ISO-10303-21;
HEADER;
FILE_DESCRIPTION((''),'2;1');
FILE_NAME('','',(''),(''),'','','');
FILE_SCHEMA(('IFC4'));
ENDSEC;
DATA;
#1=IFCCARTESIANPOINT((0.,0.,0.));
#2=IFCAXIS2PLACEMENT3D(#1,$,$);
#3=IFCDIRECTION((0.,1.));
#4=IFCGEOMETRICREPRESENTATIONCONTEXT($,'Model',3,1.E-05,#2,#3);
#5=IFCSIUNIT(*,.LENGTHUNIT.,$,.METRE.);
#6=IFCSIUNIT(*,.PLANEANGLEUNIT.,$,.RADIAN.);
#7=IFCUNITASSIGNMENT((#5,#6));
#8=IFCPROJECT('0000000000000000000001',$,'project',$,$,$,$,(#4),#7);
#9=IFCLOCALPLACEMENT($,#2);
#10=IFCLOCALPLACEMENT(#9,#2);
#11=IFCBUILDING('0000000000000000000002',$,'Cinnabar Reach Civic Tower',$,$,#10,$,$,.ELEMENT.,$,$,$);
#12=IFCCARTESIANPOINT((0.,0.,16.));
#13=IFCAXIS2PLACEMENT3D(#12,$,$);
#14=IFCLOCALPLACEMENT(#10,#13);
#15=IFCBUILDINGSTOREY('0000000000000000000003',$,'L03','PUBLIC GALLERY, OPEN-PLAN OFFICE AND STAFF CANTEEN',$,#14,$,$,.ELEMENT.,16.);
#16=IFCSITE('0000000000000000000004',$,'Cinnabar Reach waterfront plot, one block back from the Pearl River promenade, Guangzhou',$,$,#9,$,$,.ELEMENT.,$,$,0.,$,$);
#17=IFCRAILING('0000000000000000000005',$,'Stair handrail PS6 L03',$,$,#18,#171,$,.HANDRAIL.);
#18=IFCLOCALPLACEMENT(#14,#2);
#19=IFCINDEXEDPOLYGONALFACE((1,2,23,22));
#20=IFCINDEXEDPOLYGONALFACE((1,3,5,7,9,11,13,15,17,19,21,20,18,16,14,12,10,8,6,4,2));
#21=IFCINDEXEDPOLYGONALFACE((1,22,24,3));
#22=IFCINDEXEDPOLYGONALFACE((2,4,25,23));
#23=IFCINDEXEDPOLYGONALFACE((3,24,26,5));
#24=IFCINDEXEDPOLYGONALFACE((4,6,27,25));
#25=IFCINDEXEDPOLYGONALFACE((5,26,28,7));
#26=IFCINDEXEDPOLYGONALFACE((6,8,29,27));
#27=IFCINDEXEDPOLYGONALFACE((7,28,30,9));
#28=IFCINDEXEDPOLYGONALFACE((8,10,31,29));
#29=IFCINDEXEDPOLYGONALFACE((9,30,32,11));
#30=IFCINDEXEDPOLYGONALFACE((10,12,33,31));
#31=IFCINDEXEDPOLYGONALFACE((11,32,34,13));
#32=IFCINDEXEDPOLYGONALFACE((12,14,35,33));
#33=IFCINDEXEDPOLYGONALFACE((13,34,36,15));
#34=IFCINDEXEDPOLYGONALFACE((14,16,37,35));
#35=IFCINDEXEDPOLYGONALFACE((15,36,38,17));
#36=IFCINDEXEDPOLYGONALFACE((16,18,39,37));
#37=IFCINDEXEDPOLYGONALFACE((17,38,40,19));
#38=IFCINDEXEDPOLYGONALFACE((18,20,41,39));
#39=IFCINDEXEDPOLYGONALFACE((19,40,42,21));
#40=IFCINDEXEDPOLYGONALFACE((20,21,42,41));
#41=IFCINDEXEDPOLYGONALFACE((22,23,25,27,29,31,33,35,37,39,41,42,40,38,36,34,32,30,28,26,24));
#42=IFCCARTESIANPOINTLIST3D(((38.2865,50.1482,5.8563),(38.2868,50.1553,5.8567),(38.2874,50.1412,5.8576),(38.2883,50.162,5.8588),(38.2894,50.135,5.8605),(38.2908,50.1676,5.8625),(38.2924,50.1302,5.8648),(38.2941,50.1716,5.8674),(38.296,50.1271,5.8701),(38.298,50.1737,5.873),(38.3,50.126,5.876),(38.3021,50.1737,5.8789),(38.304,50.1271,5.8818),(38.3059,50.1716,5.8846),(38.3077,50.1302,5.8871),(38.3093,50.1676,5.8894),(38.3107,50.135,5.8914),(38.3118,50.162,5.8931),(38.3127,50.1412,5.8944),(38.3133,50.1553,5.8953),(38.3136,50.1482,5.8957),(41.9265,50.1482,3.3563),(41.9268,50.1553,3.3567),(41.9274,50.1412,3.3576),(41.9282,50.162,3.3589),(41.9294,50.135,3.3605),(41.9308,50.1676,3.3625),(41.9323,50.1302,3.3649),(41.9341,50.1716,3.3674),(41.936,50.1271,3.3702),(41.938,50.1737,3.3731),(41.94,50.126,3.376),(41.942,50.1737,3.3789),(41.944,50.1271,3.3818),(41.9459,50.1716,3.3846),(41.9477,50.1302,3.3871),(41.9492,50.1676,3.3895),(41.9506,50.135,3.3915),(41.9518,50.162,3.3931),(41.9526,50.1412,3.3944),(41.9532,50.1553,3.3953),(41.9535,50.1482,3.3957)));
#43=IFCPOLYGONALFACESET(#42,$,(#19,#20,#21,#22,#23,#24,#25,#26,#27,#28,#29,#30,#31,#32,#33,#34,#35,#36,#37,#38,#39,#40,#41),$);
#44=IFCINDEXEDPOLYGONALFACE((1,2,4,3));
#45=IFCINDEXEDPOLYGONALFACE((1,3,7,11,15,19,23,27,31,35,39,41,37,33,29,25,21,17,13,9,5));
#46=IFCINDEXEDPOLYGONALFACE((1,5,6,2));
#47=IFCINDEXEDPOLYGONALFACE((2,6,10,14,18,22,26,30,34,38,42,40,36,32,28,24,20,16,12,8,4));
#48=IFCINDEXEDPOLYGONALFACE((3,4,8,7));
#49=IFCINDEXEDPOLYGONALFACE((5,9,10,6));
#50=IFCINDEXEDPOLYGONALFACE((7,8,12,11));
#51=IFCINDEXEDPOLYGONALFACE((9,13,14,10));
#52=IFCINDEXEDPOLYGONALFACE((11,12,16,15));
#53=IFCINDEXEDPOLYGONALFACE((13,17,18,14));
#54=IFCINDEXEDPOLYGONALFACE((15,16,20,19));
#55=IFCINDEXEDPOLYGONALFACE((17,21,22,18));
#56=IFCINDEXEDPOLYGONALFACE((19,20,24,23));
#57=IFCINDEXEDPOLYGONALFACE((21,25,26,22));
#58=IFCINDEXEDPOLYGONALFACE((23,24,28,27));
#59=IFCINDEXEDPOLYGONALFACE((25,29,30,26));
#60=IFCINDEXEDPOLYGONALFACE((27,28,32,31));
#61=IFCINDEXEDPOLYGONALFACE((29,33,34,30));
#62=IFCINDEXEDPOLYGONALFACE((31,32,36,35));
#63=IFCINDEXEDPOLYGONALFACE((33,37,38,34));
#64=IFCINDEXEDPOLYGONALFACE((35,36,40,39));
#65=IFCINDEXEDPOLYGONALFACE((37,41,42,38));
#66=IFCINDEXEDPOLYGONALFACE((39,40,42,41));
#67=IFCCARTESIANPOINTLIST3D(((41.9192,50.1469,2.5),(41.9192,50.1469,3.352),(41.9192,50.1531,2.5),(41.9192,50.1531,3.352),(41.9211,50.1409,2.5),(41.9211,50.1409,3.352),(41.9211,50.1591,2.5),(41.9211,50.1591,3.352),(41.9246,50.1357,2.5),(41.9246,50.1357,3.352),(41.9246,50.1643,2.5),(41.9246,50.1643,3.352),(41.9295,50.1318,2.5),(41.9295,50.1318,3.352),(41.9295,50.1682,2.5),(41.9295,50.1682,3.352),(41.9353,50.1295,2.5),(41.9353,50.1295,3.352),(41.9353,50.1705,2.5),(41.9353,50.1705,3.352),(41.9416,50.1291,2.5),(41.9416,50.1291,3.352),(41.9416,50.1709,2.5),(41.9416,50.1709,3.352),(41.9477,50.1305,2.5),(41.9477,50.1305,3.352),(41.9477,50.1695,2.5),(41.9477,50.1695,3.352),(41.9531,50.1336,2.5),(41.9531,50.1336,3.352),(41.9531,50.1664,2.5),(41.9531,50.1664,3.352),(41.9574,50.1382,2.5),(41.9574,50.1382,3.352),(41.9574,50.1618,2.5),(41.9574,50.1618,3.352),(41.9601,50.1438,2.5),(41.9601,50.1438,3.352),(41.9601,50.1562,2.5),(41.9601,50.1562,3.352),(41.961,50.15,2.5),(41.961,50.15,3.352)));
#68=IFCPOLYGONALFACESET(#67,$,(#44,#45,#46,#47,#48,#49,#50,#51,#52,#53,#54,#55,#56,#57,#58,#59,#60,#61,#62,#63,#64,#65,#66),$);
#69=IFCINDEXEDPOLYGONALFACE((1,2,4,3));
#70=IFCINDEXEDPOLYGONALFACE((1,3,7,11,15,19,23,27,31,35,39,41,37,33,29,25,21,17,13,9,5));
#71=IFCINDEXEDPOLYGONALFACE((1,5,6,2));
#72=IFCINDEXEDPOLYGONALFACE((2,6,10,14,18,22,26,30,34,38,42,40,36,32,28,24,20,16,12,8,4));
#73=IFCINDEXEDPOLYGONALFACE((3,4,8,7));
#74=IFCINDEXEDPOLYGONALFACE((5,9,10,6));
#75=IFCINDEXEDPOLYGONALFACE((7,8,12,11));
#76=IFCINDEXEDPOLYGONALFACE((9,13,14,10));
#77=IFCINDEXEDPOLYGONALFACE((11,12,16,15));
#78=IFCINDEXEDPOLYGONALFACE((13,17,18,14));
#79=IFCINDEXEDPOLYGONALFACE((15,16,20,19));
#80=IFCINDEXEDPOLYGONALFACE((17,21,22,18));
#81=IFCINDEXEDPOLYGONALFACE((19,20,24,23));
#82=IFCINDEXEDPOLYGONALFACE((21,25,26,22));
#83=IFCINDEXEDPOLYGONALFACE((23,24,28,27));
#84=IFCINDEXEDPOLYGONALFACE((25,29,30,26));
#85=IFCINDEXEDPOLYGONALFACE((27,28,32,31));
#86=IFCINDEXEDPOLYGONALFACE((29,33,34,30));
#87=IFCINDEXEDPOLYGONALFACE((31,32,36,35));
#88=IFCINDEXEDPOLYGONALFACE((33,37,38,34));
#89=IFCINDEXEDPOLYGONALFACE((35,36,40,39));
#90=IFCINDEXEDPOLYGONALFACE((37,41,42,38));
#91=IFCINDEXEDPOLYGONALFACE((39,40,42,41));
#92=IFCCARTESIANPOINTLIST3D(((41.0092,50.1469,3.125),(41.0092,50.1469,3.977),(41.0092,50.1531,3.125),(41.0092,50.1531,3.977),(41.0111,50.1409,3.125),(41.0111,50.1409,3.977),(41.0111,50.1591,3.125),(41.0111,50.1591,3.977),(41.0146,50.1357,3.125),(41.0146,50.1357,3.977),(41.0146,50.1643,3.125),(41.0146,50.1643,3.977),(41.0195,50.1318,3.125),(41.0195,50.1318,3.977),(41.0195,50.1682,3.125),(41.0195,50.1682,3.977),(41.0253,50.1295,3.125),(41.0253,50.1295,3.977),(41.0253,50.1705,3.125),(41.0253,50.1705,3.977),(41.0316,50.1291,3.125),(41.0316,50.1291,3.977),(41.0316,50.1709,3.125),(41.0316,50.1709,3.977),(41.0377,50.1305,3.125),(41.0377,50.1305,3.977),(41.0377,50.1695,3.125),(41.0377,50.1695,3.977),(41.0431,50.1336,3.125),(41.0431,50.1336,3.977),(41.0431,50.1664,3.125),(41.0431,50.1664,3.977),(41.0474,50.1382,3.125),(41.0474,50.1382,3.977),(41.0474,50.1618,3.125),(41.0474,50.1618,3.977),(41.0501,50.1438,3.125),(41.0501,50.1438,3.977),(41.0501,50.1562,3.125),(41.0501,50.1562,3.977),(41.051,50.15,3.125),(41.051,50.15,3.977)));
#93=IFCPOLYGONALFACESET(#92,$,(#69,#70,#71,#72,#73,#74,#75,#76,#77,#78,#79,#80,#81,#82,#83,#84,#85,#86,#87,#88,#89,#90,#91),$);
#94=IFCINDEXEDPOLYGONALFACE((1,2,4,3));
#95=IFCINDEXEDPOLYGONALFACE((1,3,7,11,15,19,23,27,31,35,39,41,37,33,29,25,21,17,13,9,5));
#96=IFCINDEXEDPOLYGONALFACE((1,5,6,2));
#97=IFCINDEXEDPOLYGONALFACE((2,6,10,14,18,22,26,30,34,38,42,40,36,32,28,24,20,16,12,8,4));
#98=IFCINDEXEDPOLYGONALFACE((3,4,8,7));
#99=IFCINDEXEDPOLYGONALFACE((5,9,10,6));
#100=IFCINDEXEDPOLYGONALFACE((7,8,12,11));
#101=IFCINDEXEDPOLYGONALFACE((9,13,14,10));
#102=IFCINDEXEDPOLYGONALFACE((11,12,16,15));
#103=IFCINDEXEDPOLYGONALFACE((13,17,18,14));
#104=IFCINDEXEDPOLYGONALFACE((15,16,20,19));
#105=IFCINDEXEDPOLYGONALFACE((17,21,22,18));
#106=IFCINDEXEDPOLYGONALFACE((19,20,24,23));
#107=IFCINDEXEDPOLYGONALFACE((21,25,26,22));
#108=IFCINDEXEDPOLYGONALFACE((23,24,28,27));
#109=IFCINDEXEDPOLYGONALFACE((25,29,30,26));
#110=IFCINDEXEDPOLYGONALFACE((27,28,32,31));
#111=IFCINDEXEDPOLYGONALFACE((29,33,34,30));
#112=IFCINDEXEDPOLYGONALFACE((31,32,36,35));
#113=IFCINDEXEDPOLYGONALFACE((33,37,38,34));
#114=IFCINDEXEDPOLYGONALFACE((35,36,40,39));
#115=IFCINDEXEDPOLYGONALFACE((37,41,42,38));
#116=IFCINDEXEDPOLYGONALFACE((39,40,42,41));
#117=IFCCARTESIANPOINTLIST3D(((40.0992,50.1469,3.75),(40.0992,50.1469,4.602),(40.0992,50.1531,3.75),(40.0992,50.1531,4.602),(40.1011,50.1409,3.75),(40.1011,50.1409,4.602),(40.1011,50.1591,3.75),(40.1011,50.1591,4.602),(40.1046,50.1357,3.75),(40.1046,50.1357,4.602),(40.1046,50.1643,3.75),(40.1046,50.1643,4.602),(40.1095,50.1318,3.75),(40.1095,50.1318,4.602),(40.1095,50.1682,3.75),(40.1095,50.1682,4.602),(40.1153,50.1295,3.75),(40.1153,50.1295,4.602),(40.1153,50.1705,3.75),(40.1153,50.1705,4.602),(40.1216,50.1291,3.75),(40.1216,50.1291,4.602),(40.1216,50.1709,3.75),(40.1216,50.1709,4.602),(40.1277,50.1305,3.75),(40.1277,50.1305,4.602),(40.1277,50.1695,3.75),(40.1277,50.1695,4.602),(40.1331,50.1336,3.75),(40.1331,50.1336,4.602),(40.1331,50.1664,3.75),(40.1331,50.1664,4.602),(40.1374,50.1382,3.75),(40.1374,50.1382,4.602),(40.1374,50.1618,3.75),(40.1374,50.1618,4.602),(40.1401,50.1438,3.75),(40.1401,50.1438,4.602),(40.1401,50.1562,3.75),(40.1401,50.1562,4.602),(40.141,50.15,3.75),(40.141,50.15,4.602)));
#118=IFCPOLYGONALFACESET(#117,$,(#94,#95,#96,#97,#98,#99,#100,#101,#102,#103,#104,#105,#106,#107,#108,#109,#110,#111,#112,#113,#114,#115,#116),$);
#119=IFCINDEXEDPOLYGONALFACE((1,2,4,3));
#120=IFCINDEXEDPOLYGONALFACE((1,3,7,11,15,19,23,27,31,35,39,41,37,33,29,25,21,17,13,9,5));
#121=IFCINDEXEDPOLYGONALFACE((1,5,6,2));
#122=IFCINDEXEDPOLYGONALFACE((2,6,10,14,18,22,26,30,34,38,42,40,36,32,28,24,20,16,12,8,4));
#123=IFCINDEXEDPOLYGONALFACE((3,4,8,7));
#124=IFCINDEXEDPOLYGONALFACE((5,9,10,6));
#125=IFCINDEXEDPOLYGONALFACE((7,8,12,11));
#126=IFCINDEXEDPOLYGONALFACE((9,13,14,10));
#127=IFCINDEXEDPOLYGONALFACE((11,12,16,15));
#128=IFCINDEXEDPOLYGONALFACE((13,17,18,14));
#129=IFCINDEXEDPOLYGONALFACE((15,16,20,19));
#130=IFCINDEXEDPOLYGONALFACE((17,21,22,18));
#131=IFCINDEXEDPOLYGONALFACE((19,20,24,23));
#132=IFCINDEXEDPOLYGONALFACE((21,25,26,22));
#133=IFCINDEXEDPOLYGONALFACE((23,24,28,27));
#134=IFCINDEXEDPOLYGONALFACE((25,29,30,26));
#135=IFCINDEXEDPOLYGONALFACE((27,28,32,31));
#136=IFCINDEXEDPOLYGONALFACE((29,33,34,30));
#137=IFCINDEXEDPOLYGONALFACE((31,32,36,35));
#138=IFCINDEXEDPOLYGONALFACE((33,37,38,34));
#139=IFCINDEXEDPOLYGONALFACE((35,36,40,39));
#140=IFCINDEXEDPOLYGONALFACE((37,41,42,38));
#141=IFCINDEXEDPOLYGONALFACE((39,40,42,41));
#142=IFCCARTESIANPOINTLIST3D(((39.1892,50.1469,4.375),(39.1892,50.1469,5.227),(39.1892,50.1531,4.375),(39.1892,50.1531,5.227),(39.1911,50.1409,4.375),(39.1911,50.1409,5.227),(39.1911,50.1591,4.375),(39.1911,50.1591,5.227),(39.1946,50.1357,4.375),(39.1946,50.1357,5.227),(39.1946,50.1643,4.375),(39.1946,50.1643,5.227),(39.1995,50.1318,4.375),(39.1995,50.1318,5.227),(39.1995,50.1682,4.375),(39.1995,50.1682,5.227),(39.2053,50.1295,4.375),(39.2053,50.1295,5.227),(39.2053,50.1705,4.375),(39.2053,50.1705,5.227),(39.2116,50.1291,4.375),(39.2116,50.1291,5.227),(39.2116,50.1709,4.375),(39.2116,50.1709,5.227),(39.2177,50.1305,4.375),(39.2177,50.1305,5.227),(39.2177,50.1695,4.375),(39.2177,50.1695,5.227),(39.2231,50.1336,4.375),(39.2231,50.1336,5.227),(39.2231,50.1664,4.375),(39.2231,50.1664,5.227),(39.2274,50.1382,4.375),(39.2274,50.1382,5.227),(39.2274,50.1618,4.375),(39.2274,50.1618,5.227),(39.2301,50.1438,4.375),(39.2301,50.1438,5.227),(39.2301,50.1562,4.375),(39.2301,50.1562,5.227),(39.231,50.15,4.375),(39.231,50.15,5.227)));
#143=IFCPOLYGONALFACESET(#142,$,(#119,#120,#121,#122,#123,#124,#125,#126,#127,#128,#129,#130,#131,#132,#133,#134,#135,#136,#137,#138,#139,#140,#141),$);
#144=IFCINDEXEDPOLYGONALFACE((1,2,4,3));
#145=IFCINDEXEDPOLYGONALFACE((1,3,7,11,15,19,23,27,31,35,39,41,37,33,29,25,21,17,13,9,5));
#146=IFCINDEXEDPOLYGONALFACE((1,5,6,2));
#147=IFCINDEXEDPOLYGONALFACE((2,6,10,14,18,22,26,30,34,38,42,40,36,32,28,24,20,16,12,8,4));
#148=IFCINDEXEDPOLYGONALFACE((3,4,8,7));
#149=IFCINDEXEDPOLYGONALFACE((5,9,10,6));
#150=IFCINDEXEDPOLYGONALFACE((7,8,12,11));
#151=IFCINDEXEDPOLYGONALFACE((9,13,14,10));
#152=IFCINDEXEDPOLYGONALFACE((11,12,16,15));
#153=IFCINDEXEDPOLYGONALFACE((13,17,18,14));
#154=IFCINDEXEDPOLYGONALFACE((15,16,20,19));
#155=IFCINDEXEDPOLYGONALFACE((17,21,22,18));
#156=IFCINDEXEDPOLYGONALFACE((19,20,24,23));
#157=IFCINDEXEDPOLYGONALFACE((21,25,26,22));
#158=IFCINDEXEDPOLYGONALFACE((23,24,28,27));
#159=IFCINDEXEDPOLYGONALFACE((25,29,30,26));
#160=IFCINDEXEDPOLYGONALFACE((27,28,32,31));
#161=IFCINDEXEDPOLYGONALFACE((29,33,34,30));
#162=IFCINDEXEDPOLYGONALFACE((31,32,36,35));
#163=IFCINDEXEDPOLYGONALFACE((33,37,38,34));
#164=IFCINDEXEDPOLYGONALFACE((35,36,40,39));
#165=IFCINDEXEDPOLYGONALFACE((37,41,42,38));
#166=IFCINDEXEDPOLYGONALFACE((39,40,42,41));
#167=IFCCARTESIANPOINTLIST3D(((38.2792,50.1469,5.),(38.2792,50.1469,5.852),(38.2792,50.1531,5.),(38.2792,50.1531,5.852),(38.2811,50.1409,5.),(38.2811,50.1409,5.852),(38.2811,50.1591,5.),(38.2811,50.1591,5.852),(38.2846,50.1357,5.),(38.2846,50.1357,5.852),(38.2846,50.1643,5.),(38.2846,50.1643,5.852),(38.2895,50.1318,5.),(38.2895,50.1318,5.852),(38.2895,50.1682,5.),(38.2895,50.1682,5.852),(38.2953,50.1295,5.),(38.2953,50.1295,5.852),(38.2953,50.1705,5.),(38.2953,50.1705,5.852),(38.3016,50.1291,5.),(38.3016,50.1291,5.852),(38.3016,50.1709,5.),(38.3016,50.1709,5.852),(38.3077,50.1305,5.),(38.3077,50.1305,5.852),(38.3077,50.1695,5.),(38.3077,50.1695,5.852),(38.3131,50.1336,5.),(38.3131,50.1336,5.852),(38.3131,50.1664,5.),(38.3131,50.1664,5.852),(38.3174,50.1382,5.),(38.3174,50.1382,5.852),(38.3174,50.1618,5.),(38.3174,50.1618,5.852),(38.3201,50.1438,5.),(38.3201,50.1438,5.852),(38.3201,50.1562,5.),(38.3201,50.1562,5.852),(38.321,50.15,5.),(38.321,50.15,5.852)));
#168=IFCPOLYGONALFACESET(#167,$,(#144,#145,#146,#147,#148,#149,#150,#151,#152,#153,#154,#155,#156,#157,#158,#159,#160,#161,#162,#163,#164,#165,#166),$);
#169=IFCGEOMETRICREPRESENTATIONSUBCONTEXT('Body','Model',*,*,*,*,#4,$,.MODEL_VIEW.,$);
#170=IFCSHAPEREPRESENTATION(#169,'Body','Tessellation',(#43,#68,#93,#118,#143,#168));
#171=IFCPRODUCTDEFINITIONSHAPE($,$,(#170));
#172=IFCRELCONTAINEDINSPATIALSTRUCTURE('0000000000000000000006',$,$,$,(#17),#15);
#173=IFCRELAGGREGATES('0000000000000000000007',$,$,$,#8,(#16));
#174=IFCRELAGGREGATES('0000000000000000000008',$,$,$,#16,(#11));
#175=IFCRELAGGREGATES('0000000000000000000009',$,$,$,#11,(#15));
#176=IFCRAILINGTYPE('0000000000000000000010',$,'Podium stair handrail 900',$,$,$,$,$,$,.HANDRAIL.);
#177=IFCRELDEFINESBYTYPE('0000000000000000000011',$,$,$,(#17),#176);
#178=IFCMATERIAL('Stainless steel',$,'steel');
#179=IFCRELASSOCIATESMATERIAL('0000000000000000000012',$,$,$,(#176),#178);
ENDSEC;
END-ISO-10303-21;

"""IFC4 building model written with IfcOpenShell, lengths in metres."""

from ifc_helpers import new_model, si_unit, direction, frame, origin, origin_2d, place, context, subcontext, project, spatial, circle, extrude, material, type_object, element, save


model = new_model("IFC4")

# Units and contexts
model_context = context("Model", 3, precision=1e-05, world=origin(), true_north=direction((0.0, 1.0)))
body_context = subcontext(model_context, "Body", "Model", "MODEL_VIEW")
ifc_project = project(units=[si_unit("LENGTHUNIT", "METRE"), si_unit("PLANEANGLEUNIT", "RADIAN")], contexts=[model_context])

# Site, building, storey
site_placement = place(None, origin())
site = spatial("IfcSite", under=ifc_project, at=site_placement, Name="Cinnabar Reach waterfront plot, one block back from the Pearl River promenade, Guangzhou", CompositionType="ELEMENT", RefElevation=0.0)
building_placement = place(site_placement, origin())
building = spatial("IfcBuilding", under=site, at=building_placement, Name="Cinnabar Reach Civic Tower", CompositionType="ELEMENT")
storey_placement = place(building_placement, frame((0.0, 0.0, 16.0)))
storey = spatial("IfcBuildingStorey", under=building, at=storey_placement, Name="L03", Description="PUBLIC GALLERY, OPEN-PLAN OFFICE AND STAFF CANTEEN", CompositionType="ELEMENT", Elevation=16.0)

# Railing
ifc_material_1 = material(Name="Stainless steel", Category="steel")
railing_type_1 = type_object("IfcRailingType", Name="Podium stair handrail 900", PredefinedType="HANDRAIL", material=ifc_material_1)
railing_1_placement = place(storey_placement, frame((41.94, 50.15, 2.5)))
element("IfcRailing", 1, at=railing_1_placement, inside=storey, type_object=railing_type_1, Name="Stair handrail PS6 L03", PredefinedType="HANDRAIL", context=body_context, shape_type="SweptSolid", body=[
    extrude(circle(Radius=0.024, at=origin_2d()), frame((0.0, 0.0, 0.876), z_axis=(-0.824306, 0.0, 0.566144), x_axis=(0.0, -1.0, 0.0)), (0.0, 0.0, 1.0), 4.4158),
    extrude(circle(Radius=0.021, at=origin_2d()), origin(), (0.0, 0.0, 1.0), 0.852),
    extrude(circle(Radius=0.021, at=origin_2d()), frame((-0.91, 0.0, 0.625)), (0.0, 0.0, 1.0), 0.852),
    extrude(circle(Radius=0.021, at=origin_2d()), frame((-1.82, 0.0, 1.25)), (0.0, 0.0, 1.0), 0.852),
    extrude(circle(Radius=0.021, at=origin_2d()), frame((-2.73, 0.0, 1.875)), (0.0, 0.0, 1.0), 0.852),
    extrude(circle(Radius=0.021, at=origin_2d()), frame((-3.64, 0.0, 2.5)), (0.0, 0.0, 1.0), 0.852),
])

save(model, "model.ifc")
